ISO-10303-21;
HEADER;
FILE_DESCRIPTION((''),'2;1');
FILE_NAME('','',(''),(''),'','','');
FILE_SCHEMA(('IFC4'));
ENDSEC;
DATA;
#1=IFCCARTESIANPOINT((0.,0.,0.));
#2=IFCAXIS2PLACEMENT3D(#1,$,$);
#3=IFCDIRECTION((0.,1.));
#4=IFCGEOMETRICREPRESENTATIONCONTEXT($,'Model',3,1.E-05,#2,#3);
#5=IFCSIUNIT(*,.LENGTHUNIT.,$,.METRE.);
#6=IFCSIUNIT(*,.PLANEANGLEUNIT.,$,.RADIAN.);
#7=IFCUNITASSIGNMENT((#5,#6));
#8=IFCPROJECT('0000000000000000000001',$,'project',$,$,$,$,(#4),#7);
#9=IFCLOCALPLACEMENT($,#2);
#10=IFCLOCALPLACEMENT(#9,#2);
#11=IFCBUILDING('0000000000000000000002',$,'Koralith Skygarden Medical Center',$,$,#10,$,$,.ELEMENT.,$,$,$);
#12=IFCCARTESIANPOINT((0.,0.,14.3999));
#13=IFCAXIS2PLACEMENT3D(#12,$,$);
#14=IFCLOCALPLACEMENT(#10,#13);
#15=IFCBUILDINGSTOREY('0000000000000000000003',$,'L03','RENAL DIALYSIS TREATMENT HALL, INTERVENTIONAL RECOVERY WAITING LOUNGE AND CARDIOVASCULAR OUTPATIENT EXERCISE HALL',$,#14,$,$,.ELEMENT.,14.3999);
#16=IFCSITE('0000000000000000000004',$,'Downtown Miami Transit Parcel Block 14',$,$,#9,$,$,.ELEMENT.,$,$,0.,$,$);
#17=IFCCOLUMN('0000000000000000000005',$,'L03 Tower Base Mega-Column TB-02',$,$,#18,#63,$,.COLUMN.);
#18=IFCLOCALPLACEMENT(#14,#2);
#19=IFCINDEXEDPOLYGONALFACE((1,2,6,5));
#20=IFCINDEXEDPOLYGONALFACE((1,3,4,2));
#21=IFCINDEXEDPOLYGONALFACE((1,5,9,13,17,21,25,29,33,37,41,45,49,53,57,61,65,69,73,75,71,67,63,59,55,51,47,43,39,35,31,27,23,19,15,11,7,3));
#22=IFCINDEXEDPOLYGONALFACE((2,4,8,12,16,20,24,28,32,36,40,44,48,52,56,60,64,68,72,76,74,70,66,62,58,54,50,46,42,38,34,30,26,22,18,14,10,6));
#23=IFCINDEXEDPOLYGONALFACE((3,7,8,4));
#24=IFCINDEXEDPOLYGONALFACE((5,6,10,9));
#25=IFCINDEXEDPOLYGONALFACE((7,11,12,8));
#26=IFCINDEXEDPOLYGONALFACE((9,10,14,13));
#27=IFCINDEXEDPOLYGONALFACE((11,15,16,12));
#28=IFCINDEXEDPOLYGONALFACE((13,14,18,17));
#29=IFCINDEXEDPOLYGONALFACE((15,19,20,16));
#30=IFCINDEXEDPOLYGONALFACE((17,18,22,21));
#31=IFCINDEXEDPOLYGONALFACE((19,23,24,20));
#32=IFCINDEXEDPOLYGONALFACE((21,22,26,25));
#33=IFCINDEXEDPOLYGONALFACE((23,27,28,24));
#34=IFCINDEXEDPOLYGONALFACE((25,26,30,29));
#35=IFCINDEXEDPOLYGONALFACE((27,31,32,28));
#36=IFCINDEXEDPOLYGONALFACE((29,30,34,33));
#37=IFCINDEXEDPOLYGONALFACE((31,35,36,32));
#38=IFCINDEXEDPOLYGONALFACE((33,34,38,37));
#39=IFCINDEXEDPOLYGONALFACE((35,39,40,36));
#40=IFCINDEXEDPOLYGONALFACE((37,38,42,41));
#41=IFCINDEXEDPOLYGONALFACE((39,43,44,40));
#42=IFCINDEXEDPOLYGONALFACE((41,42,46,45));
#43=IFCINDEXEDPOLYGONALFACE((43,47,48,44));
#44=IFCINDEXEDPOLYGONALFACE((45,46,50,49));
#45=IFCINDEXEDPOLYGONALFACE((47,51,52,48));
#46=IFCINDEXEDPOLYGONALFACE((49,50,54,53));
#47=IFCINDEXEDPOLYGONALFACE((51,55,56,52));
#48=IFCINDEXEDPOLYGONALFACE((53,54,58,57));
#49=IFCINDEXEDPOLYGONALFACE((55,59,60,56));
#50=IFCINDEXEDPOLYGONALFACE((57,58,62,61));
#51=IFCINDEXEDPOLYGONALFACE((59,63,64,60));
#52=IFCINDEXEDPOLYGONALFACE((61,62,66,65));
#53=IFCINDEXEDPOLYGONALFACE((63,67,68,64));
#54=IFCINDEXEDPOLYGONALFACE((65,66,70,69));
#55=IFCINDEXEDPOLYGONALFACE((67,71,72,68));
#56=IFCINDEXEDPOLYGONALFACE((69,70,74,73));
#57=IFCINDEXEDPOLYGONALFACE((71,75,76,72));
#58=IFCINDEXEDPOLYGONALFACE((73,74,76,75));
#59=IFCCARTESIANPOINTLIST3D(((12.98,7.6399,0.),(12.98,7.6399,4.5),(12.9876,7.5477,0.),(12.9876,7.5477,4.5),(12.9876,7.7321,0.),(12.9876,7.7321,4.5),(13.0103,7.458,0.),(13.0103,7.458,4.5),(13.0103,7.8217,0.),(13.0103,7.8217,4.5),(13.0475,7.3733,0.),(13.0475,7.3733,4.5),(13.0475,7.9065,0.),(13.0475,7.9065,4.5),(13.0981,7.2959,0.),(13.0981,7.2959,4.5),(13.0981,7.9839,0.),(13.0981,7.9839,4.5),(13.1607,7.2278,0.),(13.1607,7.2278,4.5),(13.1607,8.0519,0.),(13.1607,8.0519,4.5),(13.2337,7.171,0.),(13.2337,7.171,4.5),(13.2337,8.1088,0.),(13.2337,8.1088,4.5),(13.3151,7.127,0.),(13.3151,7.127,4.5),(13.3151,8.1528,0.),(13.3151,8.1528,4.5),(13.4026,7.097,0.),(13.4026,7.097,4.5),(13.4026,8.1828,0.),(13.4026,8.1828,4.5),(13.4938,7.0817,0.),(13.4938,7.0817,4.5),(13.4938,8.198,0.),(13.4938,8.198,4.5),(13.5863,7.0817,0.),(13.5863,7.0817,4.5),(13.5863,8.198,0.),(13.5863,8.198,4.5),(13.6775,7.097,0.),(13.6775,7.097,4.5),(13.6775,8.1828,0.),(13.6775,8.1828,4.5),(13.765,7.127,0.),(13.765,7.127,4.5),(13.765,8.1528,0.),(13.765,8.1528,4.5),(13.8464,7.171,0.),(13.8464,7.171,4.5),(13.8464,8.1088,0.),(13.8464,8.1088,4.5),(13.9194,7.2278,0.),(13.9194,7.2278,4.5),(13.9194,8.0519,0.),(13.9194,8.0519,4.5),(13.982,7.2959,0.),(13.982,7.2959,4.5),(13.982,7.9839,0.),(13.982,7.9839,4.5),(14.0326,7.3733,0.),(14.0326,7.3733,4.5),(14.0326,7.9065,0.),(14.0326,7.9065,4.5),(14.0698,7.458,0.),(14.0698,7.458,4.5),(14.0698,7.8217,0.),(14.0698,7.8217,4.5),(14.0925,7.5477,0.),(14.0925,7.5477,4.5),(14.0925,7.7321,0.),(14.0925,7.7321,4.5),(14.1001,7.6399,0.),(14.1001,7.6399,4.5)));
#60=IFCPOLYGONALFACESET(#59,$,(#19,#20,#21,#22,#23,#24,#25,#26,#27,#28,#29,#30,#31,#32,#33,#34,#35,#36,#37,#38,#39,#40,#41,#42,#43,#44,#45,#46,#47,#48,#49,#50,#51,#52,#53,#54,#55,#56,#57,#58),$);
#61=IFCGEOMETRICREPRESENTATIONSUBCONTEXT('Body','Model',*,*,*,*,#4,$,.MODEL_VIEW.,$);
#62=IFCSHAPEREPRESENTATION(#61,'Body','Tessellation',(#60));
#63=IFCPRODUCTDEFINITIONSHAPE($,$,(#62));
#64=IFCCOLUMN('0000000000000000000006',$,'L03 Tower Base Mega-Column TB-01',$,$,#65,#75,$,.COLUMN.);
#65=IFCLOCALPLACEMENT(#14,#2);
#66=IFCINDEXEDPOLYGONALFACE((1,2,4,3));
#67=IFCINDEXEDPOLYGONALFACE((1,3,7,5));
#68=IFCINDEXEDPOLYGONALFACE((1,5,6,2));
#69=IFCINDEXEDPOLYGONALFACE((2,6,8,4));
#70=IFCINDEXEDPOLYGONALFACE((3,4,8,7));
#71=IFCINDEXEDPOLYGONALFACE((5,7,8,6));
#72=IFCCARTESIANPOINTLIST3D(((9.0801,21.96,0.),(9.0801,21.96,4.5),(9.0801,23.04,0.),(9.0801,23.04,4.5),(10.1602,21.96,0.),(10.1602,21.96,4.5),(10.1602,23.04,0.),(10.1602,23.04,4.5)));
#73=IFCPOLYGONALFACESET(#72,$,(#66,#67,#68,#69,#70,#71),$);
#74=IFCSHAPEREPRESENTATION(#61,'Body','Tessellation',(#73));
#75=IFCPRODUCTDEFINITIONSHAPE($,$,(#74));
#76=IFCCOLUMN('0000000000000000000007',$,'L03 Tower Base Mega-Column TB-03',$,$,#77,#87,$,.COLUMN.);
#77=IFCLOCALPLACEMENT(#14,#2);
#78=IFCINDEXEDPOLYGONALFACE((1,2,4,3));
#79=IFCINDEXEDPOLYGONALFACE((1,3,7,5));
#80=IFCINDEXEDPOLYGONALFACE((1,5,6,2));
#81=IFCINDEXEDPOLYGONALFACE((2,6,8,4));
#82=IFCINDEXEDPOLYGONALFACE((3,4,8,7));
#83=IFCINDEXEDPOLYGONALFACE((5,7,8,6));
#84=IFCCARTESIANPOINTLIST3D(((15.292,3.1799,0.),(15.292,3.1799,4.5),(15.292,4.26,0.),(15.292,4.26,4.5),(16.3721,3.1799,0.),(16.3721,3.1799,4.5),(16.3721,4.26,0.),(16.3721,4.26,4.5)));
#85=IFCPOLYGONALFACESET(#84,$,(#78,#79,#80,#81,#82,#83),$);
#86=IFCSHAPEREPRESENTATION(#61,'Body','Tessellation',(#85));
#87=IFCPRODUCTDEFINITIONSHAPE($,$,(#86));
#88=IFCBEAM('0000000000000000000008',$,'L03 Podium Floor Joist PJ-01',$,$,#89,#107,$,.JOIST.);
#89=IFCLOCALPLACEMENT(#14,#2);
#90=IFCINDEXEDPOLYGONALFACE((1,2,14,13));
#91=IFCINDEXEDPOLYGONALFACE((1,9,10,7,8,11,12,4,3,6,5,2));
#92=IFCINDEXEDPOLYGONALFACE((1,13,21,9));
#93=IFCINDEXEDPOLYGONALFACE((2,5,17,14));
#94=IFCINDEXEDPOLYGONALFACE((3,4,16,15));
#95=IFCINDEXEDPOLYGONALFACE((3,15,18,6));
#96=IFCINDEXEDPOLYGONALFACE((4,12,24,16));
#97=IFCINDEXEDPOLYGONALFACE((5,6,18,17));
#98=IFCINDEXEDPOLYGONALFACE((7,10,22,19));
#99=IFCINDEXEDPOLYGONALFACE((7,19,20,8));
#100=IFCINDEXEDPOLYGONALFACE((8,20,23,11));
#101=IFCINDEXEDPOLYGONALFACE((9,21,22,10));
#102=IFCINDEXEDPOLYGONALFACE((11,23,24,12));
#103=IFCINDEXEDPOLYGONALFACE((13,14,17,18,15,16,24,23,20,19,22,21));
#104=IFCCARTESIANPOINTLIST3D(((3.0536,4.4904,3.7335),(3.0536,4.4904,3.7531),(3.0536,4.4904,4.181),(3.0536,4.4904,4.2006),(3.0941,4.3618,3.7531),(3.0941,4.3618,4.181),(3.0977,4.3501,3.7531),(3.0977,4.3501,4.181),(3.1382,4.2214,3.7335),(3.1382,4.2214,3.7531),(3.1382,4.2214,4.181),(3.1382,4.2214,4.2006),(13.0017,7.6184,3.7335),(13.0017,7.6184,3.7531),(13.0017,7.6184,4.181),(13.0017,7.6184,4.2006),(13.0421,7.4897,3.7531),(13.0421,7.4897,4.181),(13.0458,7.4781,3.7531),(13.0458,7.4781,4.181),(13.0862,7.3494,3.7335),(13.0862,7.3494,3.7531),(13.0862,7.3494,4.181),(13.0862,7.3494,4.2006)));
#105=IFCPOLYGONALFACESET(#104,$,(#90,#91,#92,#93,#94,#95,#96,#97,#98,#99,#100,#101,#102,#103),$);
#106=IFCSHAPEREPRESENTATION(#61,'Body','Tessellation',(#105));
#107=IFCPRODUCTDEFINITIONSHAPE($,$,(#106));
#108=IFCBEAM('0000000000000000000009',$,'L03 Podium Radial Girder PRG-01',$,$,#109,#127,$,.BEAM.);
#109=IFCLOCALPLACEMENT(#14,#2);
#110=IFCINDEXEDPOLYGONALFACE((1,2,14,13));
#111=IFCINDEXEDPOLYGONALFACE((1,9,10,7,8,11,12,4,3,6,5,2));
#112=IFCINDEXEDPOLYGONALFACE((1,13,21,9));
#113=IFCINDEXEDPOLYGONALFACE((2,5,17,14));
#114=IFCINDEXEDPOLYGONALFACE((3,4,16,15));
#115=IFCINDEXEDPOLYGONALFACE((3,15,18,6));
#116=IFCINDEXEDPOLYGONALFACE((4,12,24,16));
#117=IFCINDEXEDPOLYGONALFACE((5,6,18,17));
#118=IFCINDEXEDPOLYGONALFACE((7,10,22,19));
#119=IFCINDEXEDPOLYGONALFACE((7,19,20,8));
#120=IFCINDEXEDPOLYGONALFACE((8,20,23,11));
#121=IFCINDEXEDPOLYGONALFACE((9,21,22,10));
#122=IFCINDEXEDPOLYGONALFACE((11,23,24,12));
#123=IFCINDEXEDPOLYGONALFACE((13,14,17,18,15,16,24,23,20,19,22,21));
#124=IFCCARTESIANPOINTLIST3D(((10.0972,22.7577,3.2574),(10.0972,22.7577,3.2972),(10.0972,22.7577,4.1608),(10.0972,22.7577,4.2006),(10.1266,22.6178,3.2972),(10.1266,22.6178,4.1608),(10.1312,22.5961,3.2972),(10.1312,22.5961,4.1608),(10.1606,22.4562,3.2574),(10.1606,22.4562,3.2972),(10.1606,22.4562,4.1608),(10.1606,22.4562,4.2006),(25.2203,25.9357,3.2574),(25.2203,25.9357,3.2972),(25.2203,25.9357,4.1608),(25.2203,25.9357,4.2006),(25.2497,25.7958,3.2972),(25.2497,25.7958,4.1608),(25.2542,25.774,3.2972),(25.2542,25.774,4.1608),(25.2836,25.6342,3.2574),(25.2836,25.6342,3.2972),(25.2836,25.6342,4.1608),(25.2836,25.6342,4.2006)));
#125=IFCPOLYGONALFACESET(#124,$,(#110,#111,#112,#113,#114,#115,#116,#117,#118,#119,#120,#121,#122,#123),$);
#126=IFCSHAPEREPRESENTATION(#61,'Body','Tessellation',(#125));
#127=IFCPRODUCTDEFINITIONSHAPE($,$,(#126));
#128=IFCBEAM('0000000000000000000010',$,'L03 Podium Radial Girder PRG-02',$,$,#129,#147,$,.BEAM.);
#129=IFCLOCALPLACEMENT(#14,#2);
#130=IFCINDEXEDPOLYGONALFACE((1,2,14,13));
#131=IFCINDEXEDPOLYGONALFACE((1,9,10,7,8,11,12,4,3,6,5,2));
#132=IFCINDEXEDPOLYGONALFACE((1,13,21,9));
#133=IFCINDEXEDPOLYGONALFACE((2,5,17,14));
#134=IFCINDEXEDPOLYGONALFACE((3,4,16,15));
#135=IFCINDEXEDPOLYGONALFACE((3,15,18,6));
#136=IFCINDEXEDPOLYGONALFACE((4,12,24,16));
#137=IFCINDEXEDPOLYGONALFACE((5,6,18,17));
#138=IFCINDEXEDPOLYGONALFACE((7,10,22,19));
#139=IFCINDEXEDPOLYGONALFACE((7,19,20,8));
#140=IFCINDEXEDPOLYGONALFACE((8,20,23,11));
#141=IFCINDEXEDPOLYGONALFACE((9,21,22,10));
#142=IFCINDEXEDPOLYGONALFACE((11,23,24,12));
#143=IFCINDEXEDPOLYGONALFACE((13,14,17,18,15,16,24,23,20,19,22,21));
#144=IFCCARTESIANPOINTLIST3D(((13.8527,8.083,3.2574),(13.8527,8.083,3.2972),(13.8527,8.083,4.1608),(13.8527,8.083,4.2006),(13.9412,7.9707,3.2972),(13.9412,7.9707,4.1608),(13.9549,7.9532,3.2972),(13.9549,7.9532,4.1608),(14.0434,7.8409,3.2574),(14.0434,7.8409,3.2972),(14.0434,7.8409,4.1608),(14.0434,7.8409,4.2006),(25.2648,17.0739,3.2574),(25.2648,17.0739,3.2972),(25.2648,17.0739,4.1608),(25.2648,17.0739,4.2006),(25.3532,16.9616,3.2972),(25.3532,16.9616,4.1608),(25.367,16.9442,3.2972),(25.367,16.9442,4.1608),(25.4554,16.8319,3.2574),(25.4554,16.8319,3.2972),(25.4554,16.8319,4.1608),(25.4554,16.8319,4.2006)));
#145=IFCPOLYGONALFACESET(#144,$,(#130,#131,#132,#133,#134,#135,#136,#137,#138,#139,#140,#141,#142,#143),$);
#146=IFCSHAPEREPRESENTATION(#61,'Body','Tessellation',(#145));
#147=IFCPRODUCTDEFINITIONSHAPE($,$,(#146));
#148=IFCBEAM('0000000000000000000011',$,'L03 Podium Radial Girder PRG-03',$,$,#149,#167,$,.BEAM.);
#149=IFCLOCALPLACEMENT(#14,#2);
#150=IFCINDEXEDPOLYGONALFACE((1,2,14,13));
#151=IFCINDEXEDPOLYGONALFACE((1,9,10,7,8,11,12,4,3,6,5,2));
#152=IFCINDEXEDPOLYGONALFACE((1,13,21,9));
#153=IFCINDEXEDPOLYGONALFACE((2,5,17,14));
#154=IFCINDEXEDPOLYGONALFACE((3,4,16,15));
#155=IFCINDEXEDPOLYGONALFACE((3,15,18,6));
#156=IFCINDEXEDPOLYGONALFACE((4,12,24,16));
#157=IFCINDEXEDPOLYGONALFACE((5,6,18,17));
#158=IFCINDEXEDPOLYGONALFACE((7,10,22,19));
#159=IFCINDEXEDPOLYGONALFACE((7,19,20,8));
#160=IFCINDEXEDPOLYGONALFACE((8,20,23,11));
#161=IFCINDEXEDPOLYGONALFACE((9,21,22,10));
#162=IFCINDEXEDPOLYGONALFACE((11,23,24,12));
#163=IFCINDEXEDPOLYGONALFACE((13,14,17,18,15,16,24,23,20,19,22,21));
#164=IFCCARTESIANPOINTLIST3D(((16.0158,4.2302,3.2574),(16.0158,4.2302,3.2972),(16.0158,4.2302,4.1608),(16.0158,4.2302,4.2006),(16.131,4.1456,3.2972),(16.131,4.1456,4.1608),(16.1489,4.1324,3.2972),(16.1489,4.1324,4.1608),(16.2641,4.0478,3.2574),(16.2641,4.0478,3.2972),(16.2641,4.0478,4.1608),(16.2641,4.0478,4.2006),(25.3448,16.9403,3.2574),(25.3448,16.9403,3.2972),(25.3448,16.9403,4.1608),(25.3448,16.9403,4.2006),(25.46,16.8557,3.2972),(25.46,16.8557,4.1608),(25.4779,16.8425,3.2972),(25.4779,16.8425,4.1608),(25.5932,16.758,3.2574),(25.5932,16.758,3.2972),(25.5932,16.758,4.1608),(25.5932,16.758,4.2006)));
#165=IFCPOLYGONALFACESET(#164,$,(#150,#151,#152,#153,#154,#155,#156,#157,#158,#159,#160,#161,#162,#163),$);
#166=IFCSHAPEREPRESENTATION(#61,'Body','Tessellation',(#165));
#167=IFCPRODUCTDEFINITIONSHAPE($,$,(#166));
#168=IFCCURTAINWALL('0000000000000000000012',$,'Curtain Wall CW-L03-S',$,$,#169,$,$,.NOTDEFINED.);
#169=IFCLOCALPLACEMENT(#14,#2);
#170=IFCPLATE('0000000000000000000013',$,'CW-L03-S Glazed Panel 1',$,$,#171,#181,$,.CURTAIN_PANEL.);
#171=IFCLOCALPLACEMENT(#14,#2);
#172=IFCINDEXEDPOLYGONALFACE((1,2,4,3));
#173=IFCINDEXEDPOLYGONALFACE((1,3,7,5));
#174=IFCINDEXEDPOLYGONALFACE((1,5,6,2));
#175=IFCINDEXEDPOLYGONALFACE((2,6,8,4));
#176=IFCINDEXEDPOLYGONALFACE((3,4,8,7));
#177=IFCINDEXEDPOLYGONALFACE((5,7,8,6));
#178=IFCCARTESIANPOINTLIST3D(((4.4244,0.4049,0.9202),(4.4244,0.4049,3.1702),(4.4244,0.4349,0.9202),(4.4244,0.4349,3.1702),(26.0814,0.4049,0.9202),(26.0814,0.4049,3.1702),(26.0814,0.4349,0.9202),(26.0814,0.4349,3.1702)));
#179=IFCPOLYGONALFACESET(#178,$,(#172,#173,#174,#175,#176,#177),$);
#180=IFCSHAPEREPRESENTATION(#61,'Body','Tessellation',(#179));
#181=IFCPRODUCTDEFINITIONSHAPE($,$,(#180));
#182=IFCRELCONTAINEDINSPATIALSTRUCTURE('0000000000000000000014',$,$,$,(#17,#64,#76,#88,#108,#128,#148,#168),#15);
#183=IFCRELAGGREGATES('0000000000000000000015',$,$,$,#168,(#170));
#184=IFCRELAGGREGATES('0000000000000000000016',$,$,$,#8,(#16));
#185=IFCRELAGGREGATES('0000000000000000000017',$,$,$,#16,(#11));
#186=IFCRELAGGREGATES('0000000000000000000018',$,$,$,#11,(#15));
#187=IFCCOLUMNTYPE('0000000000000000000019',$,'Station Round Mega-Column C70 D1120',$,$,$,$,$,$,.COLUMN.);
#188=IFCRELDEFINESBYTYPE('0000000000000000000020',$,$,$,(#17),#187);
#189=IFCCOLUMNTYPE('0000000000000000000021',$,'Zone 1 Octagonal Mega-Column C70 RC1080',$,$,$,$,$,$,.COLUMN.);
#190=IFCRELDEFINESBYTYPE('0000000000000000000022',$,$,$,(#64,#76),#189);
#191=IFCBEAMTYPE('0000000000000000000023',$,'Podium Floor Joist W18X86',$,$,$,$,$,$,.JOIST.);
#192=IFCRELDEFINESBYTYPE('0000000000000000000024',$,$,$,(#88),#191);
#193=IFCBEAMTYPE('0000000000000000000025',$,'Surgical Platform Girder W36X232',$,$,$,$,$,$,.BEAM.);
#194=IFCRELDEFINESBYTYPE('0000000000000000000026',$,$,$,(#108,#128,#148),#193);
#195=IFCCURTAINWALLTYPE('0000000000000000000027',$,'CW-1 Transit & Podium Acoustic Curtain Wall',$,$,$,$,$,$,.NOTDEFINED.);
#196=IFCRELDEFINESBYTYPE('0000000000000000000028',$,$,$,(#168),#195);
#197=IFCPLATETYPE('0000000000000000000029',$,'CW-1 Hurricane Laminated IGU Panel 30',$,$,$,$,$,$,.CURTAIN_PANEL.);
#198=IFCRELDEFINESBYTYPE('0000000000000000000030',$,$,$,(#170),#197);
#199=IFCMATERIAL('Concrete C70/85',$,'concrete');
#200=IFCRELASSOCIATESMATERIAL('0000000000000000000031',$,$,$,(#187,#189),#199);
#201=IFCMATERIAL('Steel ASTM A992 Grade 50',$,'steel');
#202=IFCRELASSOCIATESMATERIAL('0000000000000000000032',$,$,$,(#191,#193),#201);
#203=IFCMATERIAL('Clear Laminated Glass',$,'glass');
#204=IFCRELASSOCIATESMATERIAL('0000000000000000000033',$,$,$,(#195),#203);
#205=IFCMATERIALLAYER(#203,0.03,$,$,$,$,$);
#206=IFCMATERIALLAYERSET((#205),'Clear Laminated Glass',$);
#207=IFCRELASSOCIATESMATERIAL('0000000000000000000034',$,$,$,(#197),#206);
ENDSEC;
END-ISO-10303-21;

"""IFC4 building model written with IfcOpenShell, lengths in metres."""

from ifc_helpers import new_model, si_unit, direction, frame, origin, origin_2d, place, context, subcontext, project, spatial, rectangle, circle, i_section, extrude, material, layer, layer_set, material_profile, profile_set, type_object, element, aggregate, save


model = new_model("IFC4")

# Units and contexts
model_context = context("Model", 3, precision=1e-05, world=origin(), true_north=direction((0.0, 1.0)))
body_context = subcontext(model_context, "Body", "Model", "MODEL_VIEW")
ifc_project = project(units=[si_unit("LENGTHUNIT", "METRE"), si_unit("PLANEANGLEUNIT", "RADIAN")], contexts=[model_context])

# Site, building, storey
site_placement = place(None, origin())
site = spatial("IfcSite", under=ifc_project, at=site_placement, Name="Downtown Miami Transit Parcel Block 14", CompositionType="ELEMENT", RefElevation=0.0)
building_placement = place(site_placement, origin())
building = spatial("IfcBuilding", under=site, at=building_placement, Name="Koralith Skygarden Medical Center", CompositionType="ELEMENT")
storey_placement = place(building_placement, frame((0.0, 0.0, 14.3999)))
storey = spatial("IfcBuildingStorey", under=building, at=storey_placement, Name="L03", Description="RENAL DIALYSIS TREATMENT HALL, INTERVENTIONAL RECOVERY WAITING LOUNGE AND CARDIOVASCULAR OUTPATIENT EXERCISE HALL", CompositionType="ELEMENT", Elevation=14.3999)

# Columns
ifc_material_1 = material(Name="Concrete C70/85", Category="concrete")
ifc_material_profile_1 = material_profile(ifc_material_1, circle(Radius=0.5601, at=origin_2d()), Name="RCCOL1120")
ifc_profile_set_1 = profile_set([ifc_material_profile_1], Name="Concrete C70/85")
column_type_1 = type_object("IfcColumnType", Name="Station Round Mega-Column C70 D1120", PredefinedType="COLUMN", material=ifc_profile_set_1)
column_placement = place(storey_placement, frame((13.54, 7.6399, 0.0), z_axis=(0.0, 0.0, 1.0), x_axis=(1.0, 0.0, 0.0)))
element("IfcColumn", 1, at=column_placement, inside=storey, type_object=column_type_1, Name="L03 Tower Base Mega-Column TB-02", PredefinedType="COLUMN", context=body_context, shape_type="SweptSolid", body=[
    extrude(circle(Radius=0.5601, at=origin_2d()), origin(), (0.0, 0.0, 1.0), 4.5),
])
ifc_material_profile_2 = material_profile(ifc_material_1, rectangle(XDim=1.0801, YDim=1.0801, at=origin_2d()), Name="RC1080X1080")
ifc_profile_set_2 = profile_set([ifc_material_profile_2], Name="Concrete C70/85")
column_type_2 = type_object("IfcColumnType", Name="Zone 1 Octagonal Mega-Column C70 RC1080", PredefinedType="COLUMN", material=ifc_profile_set_2)
for number, where, z_axis, x_axis, name in (
    (2, (9.6201, 22.5, 0.0), (0.0, 0.0, 1.0), (1.0, 0.0, 0.0), "L03 Tower Base Mega-Column TB-01"),
    (3, (15.832, 3.72, 0.0), (0.0, 0.0, 1.0), (1.0, 0.0, 0.0), "L03 Tower Base Mega-Column TB-03"),
):
    element("IfcColumn", number, at=place(storey_placement, frame(where, z_axis=z_axis, x_axis=x_axis)), inside=storey, type_object=column_type_2, Name=name, PredefinedType="COLUMN", context=body_context, shape_type="SweptSolid", body=[
        extrude(rectangle(XDim=1.0801, YDim=1.0801, at=origin_2d()), origin(), (0.0, 0.0, 1.0), 4.5),
    ])

# Beams
ifc_material_2 = material(Name="Steel ASTM A992 Grade 50", Category="steel")
ifc_material_profile_3 = material_profile(ifc_material_2, i_section(OverallWidth=0.282, OverallDepth=0.467, WebThickness=0.0122, FlangeThickness=0.0195, at=origin_2d()), Name="W18X86")
ifc_profile_set_3 = profile_set([ifc_material_profile_3], Name="Steel ASTM A992 Grade 50")
beam_type_1 = type_object("IfcBeamType", Name="Podium Floor Joist W18X86", PredefinedType="JOIST", material=ifc_profile_set_3)
beam_1_placement = place(storey_placement, frame((13.0439, 7.4839, 3.967), z_axis=(-0.953955, -0.29995, 0.0), x_axis=(0.29995, -0.953955, 0.0)))
element("IfcBeam", 4, at=beam_1_placement, inside=storey, type_object=beam_type_1, Name="L03 Podium Floor Joist PJ-01", PredefinedType="JOIST", context=body_context, shape_type="SweptSolid", body=[
    extrude(i_section(OverallWidth=0.282, OverallDepth=0.467, WebThickness=0.0122, FlangeThickness=0.0195, at=origin_2d()), origin(), (0.0, 0.0, 1.0), 10.4282),
])
ifc_material_profile_4 = material_profile(ifc_material_2, i_section(OverallWidth=0.3081, OverallDepth=0.9431, WebThickness=0.0222, FlangeThickness=0.0398, at=origin_2d()), Name="W36X232")
ifc_profile_set_4 = profile_set([ifc_material_profile_4], Name="Steel ASTM A992 Grade 50")
beam_type_2 = type_object("IfcBeamType", Name="Surgical Platform Girder W36X232", PredefinedType="BEAM", material=ifc_profile_set_4)
beam_2_placement = place(storey_placement, frame((25.252, 25.7849, 3.729), z_axis=(-0.978626, -0.20565, 0.0), x_axis=(0.20565, -0.978626, 0.0)))
element("IfcBeam", 5, at=beam_2_placement, inside=storey, type_object=beam_type_2, Name="L03 Podium Radial Girder PRG-01", PredefinedType="BEAM", context=body_context, shape_type="SweptSolid", body=[
    extrude(i_section(OverallWidth=0.3081, OverallDepth=0.9431, WebThickness=0.0222, FlangeThickness=0.0398, at=origin_2d()), origin(), (0.0, 0.0, 1.0), 15.4534),
])
beam_3_placement = place(storey_placement, frame((25.3601, 16.9529, 3.729), z_axis=(-0.785505, -0.618856, 0.0), x_axis=(0.618856, -0.785505, 0.0)))
element("IfcBeam", 6, at=beam_3_placement, inside=storey, type_object=beam_type_2, Name="L03 Podium Radial Girder PRG-02", PredefinedType="BEAM", context=body_context, shape_type="SweptSolid", body=[
    extrude(i_section(OverallWidth=0.3081, OverallDepth=0.9431, WebThickness=0.0222, FlangeThickness=0.0398, at=origin_2d()), origin(), (0.0, 0.0, 1.0), 14.5283),
])
beam_4_placement = place(storey_placement, frame((25.469, 16.8491, 3.729), z_axis=(-0.591705, -0.806154, 0.0), x_axis=(0.806154, -0.591705, 0.0)))
element("IfcBeam", 7, at=beam_4_placement, inside=storey, type_object=beam_type_2, Name="L03 Podium Radial Girder PRG-03", PredefinedType="BEAM", context=body_context, shape_type="SweptSolid", body=[
    extrude(i_section(OverallWidth=0.3081, OverallDepth=0.9431, WebThickness=0.0222, FlangeThickness=0.0398, at=origin_2d()), origin(), (0.0, 0.0, 1.0), 15.7664),
])

# Curtain wall, plate
ifc_material_3 = material(Name="Clear Laminated Glass", Category="glass")
curtain_wall_type = type_object("IfcCurtainWallType", Name="CW-1 Transit & Podium Acoustic Curtain Wall", PredefinedType="NOTDEFINED", material=ifc_material_3)
curtain_wall_placement = place(storey_placement, origin())
curtain_wall = element("IfcCurtainWall", 8, at=curtain_wall_placement, inside=storey, type_object=curtain_wall_type, Name="Curtain Wall CW-L03-S", PredefinedType="NOTDEFINED")
ifc_layer_1 = layer(ifc_material_3, 0.03)
ifc_layer_set_1 = layer_set([ifc_layer_1], Name="Clear Laminated Glass")
plate_type = type_object("IfcPlateType", Name="CW-1 Hurricane Laminated IGU Panel 30", PredefinedType="CURTAIN_PANEL", material=ifc_layer_set_1)
plate_placement = place(storey_placement, frame((15.2529, 0.4199, 0.9202), z_axis=(0.0, 0.0, 1.0), x_axis=(1.0, 0.0, 0.0)))
plate = element("IfcPlate", 9, at=plate_placement, type_object=plate_type, Name="CW-L03-S Glazed Panel 1", PredefinedType="CURTAIN_PANEL", context=body_context, shape_type="SweptSolid", body=[
    extrude(rectangle(XDim=21.657, YDim=0.03, at=origin_2d()), origin(), (0.0, 0.0, 1.0), 2.25),
])
aggregate(curtain_wall, [plate])

save(model, "model.ifc")
